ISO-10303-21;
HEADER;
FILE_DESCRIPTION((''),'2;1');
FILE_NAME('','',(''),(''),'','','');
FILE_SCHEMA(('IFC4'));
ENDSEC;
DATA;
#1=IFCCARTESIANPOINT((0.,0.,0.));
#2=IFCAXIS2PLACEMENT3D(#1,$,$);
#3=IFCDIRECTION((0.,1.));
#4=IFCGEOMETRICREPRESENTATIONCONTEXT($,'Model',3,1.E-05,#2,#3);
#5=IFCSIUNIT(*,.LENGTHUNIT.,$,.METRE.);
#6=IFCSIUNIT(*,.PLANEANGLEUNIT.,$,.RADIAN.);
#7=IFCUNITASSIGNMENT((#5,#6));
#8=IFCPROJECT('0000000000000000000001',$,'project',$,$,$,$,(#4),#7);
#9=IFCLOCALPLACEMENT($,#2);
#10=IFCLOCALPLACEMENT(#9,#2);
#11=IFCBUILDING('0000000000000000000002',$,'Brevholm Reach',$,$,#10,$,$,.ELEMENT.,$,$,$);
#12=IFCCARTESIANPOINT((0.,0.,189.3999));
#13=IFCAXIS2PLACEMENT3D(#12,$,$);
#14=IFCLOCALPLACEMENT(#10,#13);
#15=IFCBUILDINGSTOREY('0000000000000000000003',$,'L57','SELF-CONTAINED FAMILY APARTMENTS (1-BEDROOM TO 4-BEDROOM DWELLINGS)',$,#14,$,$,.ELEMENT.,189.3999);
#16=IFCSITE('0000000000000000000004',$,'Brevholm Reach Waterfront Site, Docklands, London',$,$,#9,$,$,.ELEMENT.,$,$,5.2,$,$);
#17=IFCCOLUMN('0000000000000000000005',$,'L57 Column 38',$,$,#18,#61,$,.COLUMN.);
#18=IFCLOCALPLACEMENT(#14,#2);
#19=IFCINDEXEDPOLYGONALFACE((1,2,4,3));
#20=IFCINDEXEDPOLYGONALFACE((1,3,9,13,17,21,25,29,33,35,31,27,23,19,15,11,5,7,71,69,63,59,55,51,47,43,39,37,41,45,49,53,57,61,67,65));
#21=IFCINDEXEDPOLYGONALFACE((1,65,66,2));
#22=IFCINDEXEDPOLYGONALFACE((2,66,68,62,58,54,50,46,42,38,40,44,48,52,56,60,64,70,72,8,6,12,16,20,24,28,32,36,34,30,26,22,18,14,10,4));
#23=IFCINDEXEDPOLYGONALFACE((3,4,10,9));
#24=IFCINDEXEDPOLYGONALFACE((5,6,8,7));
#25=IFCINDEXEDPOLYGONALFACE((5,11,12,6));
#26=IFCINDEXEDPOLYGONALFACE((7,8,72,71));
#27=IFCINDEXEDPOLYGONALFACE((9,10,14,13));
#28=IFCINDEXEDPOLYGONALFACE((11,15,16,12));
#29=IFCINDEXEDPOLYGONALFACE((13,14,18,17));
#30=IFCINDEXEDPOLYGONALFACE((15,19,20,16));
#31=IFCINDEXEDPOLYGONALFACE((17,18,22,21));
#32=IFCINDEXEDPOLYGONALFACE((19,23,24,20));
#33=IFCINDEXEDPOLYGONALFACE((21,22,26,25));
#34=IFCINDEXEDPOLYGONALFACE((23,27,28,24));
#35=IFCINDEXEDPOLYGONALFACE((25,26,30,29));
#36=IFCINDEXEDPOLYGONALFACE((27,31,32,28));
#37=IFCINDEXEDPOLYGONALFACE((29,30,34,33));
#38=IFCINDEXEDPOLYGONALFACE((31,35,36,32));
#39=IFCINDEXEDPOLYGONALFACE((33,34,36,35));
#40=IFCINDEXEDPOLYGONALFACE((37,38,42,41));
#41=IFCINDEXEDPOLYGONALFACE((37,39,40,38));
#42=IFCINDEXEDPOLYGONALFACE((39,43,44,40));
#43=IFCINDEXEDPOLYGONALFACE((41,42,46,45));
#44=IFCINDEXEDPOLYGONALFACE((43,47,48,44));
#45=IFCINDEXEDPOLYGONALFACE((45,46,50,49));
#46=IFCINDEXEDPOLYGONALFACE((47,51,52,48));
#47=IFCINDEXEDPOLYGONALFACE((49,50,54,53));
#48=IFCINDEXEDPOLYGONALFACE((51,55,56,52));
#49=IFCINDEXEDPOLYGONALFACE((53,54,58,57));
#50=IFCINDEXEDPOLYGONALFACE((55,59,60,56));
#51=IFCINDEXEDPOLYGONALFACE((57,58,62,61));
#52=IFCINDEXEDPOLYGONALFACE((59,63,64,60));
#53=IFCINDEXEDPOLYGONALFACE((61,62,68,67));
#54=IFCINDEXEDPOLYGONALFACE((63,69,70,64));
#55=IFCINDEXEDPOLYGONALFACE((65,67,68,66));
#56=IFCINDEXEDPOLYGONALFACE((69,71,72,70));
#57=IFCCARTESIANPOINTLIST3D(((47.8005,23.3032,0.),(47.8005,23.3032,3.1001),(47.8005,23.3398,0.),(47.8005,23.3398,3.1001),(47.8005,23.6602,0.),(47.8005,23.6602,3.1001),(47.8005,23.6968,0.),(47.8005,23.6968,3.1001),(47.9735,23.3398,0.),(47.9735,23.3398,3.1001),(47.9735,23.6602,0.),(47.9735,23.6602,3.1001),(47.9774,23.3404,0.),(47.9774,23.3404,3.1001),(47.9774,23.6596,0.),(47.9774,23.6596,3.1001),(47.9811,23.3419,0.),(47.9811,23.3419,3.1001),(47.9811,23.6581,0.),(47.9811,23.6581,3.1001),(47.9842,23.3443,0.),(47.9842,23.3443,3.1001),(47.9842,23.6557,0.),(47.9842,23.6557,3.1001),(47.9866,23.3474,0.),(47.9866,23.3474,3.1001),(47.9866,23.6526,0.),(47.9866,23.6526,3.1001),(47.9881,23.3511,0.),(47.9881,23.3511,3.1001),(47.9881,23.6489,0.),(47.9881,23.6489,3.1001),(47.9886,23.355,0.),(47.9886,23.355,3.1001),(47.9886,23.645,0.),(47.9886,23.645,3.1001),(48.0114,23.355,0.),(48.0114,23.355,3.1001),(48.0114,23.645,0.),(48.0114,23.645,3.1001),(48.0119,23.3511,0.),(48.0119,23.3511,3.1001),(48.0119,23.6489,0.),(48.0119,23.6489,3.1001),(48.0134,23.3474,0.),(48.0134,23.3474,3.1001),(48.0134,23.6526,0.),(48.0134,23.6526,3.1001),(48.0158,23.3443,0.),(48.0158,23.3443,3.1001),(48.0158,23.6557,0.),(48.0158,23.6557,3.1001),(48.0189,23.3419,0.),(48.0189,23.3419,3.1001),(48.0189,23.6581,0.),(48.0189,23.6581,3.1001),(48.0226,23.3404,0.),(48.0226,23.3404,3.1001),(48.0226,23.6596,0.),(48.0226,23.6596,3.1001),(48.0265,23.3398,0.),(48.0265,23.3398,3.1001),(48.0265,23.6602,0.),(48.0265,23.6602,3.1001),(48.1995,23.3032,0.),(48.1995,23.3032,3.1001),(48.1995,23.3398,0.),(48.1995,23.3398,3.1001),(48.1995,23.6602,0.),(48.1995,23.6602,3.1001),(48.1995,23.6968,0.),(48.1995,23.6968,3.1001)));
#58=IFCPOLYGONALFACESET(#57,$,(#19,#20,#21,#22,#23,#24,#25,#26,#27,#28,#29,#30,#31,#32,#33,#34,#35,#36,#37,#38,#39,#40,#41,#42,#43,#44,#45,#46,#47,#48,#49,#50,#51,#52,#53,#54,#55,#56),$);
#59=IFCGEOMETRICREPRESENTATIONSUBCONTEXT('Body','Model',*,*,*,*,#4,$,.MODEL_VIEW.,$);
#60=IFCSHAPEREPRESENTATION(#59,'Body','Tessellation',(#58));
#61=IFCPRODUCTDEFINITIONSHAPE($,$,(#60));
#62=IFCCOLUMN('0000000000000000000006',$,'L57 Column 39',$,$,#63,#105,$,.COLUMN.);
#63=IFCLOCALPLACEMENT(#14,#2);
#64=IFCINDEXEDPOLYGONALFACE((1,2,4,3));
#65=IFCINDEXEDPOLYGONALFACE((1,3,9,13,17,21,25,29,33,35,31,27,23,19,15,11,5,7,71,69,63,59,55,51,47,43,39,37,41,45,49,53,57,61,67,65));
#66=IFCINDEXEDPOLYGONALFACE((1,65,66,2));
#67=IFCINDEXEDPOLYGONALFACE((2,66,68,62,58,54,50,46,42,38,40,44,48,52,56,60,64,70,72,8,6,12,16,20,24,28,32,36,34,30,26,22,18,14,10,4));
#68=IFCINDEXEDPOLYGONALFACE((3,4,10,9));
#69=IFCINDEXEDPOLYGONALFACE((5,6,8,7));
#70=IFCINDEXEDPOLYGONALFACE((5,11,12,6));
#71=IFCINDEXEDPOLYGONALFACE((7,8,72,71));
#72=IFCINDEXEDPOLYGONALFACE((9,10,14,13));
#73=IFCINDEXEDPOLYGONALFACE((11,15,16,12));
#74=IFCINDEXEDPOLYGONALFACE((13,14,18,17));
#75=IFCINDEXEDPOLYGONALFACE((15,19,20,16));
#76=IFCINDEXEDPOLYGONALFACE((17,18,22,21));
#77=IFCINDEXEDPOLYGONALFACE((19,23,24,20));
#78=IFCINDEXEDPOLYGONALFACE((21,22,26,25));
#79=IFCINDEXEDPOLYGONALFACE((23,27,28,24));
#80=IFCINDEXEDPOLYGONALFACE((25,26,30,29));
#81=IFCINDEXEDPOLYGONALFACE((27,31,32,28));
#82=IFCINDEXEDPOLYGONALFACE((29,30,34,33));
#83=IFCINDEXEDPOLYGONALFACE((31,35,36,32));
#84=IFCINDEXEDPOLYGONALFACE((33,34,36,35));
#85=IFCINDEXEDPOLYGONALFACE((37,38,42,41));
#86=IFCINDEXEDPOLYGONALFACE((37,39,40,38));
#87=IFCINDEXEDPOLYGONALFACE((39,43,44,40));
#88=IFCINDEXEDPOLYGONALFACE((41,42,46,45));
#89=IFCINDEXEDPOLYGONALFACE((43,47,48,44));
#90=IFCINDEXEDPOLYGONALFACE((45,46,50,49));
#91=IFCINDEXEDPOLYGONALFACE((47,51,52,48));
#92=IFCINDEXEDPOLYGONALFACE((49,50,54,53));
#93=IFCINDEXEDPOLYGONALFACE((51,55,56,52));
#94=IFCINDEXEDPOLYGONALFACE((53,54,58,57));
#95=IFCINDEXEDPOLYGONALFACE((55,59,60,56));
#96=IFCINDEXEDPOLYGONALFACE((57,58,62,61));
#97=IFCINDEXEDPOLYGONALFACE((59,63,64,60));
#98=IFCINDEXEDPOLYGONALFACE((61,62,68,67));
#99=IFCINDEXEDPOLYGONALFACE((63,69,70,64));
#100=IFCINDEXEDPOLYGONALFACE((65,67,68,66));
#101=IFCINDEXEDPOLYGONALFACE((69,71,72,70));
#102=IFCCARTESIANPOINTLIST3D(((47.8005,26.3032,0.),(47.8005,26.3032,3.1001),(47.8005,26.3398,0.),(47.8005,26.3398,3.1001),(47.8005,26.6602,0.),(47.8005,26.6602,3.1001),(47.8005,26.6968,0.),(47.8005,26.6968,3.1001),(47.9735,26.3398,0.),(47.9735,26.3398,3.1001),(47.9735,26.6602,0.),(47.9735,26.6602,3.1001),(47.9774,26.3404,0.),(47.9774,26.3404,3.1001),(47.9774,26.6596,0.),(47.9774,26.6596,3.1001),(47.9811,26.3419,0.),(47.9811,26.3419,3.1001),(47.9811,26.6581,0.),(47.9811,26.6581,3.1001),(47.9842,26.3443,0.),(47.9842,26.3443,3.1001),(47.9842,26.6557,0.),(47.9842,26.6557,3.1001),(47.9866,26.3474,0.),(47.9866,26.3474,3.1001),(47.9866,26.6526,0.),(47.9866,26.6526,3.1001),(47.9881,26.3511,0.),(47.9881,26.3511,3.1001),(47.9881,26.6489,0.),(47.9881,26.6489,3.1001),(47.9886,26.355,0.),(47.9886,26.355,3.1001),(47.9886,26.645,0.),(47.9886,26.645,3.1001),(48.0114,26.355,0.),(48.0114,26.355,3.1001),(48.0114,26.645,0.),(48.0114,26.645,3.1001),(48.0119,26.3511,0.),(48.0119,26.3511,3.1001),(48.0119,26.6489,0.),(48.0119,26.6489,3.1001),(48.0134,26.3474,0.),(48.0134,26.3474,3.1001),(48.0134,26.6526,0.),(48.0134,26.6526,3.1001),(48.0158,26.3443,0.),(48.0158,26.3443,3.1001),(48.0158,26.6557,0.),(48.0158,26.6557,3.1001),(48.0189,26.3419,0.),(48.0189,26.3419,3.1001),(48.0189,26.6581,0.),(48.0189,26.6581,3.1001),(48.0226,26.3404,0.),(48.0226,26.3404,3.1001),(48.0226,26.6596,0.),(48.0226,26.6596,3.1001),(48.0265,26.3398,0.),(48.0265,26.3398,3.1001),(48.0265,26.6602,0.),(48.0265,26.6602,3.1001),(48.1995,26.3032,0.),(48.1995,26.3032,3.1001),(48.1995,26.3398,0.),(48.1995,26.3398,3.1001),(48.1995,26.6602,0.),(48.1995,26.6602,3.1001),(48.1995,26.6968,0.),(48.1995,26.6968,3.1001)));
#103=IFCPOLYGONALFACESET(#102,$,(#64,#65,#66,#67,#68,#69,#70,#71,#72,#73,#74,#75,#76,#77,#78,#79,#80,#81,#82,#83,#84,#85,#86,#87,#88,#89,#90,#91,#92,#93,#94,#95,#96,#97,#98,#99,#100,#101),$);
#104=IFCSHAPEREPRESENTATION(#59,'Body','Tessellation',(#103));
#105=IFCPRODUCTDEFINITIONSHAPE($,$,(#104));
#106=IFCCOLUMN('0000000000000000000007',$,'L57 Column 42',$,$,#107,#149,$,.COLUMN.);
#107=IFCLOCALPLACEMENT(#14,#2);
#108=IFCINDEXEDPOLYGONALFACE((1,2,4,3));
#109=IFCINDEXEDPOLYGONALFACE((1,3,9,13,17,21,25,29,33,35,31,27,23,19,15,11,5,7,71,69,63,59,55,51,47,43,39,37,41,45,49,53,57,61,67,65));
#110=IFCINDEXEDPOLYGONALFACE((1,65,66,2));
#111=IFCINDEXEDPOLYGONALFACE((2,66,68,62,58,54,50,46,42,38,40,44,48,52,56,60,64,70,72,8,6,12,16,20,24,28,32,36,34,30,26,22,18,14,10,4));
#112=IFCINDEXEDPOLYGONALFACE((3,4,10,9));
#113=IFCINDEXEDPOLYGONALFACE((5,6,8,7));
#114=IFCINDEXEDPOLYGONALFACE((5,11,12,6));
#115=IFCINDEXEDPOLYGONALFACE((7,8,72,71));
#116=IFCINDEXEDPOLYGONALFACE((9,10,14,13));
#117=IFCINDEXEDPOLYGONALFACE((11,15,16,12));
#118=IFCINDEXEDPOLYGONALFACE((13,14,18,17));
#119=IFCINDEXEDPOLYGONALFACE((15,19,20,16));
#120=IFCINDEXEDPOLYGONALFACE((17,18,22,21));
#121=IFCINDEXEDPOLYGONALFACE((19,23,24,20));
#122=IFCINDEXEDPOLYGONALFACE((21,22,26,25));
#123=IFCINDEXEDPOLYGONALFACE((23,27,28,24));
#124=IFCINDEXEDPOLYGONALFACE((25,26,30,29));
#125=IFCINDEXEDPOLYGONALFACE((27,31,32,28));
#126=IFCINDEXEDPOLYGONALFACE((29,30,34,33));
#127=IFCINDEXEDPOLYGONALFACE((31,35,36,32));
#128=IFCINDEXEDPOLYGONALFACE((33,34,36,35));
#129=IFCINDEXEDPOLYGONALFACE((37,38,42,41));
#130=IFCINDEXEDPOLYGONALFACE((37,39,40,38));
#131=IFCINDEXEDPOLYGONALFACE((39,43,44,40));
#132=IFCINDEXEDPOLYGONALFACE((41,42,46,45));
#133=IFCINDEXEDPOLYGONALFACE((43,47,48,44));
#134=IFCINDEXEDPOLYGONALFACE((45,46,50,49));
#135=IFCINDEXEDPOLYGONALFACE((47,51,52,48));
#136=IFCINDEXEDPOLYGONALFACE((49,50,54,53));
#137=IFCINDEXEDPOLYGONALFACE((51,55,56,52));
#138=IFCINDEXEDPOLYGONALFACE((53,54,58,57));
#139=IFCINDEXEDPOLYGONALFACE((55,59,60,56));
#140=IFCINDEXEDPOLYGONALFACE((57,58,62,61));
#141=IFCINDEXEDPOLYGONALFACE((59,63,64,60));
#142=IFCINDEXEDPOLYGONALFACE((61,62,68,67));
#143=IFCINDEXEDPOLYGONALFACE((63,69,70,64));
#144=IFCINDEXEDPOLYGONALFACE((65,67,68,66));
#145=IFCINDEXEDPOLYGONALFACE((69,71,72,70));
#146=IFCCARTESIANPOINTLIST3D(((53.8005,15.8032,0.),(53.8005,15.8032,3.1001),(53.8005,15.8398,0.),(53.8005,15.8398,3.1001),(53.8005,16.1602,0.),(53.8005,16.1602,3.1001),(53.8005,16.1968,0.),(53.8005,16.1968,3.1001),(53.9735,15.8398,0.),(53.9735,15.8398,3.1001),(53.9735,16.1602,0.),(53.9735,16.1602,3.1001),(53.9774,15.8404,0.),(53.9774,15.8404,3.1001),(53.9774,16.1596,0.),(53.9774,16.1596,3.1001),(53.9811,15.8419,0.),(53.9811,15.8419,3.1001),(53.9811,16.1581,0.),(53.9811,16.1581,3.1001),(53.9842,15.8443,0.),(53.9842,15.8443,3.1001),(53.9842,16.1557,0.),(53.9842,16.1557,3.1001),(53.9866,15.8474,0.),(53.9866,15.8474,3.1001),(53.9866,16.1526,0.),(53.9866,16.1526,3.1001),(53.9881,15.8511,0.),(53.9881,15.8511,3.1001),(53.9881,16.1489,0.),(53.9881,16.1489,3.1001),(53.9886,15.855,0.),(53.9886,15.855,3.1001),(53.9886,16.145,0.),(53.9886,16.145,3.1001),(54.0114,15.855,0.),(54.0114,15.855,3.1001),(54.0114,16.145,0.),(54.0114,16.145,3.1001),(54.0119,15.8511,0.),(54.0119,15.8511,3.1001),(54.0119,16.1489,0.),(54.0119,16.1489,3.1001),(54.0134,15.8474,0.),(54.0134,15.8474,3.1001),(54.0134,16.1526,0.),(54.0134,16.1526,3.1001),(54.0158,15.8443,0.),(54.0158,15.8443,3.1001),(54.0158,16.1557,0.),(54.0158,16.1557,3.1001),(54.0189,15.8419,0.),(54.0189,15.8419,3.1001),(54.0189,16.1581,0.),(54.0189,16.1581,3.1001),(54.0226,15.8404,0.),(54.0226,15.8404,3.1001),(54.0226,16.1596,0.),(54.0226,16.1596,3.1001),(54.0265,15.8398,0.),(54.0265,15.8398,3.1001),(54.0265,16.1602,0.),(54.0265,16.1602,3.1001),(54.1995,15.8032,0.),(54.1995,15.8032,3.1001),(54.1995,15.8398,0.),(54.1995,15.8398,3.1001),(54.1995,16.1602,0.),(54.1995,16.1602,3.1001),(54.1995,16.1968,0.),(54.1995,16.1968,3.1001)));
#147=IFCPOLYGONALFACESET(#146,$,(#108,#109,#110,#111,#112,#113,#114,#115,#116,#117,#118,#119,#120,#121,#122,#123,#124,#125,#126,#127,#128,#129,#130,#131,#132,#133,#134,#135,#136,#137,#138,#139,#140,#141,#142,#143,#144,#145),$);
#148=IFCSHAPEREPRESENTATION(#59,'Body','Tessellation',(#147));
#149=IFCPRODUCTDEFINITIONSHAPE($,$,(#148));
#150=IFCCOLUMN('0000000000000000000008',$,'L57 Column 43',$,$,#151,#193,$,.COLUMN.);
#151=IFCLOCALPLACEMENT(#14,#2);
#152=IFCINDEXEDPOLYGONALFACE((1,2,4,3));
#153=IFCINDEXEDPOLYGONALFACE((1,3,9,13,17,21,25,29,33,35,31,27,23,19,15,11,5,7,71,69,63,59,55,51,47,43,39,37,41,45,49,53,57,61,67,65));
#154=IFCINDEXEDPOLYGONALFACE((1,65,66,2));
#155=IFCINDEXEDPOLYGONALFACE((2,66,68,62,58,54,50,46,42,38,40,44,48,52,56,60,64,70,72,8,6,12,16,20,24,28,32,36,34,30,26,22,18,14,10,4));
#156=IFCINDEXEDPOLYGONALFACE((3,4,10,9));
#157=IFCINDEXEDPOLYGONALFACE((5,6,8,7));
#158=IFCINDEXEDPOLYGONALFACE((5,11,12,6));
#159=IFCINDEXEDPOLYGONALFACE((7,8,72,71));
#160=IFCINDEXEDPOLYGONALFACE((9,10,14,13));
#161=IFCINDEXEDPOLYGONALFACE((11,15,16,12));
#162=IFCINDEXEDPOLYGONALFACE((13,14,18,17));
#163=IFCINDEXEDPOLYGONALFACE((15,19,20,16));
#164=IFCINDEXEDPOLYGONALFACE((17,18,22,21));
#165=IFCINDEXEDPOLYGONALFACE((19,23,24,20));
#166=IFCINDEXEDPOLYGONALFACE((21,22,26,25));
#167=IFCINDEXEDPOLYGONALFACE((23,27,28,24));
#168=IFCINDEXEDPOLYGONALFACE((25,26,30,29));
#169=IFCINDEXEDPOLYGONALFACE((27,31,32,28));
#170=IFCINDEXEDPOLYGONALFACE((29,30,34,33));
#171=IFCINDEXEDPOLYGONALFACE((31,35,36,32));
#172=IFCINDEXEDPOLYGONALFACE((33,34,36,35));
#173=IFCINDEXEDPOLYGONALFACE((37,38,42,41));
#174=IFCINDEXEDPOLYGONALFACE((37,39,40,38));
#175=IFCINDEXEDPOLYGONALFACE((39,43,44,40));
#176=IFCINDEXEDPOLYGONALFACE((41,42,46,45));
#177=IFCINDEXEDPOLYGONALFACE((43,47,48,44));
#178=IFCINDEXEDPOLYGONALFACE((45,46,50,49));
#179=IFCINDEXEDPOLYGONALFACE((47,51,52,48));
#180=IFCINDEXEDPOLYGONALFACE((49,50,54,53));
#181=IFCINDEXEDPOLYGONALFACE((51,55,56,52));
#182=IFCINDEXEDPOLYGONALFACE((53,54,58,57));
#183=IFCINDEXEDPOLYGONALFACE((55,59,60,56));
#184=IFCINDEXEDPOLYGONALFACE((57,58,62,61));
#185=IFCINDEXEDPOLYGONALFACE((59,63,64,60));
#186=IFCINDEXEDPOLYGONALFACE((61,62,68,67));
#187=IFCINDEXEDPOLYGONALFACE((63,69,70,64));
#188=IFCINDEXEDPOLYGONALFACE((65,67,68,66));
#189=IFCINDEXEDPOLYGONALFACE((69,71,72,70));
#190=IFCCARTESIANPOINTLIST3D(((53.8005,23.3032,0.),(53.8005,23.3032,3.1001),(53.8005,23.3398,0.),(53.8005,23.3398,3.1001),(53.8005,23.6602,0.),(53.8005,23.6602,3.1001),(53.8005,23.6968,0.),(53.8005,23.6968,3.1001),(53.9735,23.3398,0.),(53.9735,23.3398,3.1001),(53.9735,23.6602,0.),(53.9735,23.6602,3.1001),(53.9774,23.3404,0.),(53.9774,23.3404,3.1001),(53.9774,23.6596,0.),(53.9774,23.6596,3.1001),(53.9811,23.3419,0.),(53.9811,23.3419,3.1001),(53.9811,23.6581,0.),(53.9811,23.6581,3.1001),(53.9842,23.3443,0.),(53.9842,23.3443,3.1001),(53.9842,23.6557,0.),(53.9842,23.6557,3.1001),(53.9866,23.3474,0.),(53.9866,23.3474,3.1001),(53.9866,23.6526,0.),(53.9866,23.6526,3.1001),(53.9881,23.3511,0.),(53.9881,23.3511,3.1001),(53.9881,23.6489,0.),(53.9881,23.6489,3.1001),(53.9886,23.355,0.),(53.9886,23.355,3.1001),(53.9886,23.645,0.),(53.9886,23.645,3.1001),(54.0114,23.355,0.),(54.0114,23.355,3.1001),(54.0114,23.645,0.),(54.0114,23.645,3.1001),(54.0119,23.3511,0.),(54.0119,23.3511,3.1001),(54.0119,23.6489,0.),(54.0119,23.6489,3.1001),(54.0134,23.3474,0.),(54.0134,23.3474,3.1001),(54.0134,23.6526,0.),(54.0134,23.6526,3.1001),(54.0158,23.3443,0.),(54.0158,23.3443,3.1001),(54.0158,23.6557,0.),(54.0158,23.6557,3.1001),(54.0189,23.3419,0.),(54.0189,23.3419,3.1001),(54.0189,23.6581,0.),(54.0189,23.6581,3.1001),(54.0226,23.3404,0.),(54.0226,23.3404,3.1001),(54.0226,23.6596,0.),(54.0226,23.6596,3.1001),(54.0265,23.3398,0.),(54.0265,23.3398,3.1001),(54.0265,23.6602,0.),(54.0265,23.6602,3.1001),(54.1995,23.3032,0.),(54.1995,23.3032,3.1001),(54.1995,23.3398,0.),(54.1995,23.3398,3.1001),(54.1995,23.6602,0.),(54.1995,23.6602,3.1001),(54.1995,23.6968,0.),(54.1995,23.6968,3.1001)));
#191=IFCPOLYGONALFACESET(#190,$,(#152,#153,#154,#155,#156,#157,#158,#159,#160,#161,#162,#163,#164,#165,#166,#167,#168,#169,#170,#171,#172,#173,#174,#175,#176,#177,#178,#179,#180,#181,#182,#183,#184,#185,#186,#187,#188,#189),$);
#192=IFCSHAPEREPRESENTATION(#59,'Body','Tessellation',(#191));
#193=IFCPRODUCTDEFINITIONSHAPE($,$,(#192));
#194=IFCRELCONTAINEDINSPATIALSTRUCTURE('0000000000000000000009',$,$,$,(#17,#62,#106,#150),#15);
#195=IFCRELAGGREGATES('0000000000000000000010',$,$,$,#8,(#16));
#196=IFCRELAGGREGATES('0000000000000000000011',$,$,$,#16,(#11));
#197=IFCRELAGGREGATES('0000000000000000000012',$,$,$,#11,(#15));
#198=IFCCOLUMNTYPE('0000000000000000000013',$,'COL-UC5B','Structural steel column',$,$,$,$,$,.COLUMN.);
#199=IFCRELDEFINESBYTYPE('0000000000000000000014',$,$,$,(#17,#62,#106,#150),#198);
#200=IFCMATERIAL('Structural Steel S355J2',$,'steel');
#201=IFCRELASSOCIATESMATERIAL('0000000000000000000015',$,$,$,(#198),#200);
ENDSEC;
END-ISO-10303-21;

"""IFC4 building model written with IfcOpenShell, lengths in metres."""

from ifc_helpers import new_model, si_unit, direction, frame, origin, origin_2d, place, context, subcontext, project, spatial, i_section, extrude, material, material_profile, profile_set, type_object, element, save


model = new_model("IFC4")

# Units and contexts
model_context = context("Model", 3, precision=1e-05, world=origin(), true_north=direction((0.0, 1.0)))
body_context = subcontext(model_context, "Body", "Model", "MODEL_VIEW")
ifc_project = project(units=[si_unit("LENGTHUNIT", "METRE"), si_unit("PLANEANGLEUNIT", "RADIAN")], contexts=[model_context])

# Site, building, storey
site_placement = place(None, origin())
site = spatial("IfcSite", under=ifc_project, at=site_placement, Name="Brevholm Reach Waterfront Site, Docklands, London", CompositionType="ELEMENT", RefElevation=5.2)
building_placement = place(site_placement, origin())
building = spatial("IfcBuilding", under=site, at=building_placement, Name="Brevholm Reach", CompositionType="ELEMENT")
storey_placement = place(building_placement, frame((0.0, 0.0, 189.3999)))
storey = spatial("IfcBuildingStorey", under=building, at=storey_placement, Name="L57", Description="SELF-CONTAINED FAMILY APARTMENTS (1-BEDROOM TO 4-BEDROOM DWELLINGS)", CompositionType="ELEMENT", Elevation=189.3999)

# Columns
ifc_material_1 = material(Name="Structural Steel S355J2", Category="steel")
ifc_material_profile_1 = material_profile(ifc_material_1, i_section(OverallWidth=0.3989, OverallDepth=0.3936, WebThickness=0.0227, FlangeThickness=0.0366, FilletRadius=0.0151, at=origin_2d()), Name="UKC 356x406x287")
ifc_profile_set_1 = profile_set([ifc_material_profile_1], Name="Structural Steel S355J2")
column_type = type_object("IfcColumnType", Name="COL-UC5B", Description="Structural steel column", PredefinedType="COLUMN", material=ifc_profile_set_1)
for number, where, z_axis, x_axis, name in (
    (1, (48.0, 23.5, 0.0), (0.0, 0.0, 1.0), (1.0, 0.0, 0.0), "L57 Column 38"),
    (2, (48.0, 26.5, 0.0), (0.0, 0.0, 1.0), (1.0, 0.0, 0.0), "L57 Column 39"),
    (3, (54.0, 16.0, 0.0), (0.0, 0.0, 1.0), (1.0, 0.0, 0.0), "L57 Column 42"),
    (4, (54.0, 23.5, 0.0), (0.0, 0.0, 1.0), (1.0, 0.0, 0.0), "L57 Column 43"),
):
    element("IfcColumn", number, at=place(storey_placement, frame(where, z_axis=z_axis, x_axis=x_axis)), inside=storey, type_object=column_type, Name=name, PredefinedType="COLUMN", context=body_context, shape_type="SweptSolid", body=[
        extrude(i_section(OverallWidth=0.3989, OverallDepth=0.3936, WebThickness=0.0227, FlangeThickness=0.0366, FilletRadius=0.0151, at=origin_2d()), origin(), (0.0, 0.0, 1.0), 3.1001),
    ])

save(model, "model.ifc")
